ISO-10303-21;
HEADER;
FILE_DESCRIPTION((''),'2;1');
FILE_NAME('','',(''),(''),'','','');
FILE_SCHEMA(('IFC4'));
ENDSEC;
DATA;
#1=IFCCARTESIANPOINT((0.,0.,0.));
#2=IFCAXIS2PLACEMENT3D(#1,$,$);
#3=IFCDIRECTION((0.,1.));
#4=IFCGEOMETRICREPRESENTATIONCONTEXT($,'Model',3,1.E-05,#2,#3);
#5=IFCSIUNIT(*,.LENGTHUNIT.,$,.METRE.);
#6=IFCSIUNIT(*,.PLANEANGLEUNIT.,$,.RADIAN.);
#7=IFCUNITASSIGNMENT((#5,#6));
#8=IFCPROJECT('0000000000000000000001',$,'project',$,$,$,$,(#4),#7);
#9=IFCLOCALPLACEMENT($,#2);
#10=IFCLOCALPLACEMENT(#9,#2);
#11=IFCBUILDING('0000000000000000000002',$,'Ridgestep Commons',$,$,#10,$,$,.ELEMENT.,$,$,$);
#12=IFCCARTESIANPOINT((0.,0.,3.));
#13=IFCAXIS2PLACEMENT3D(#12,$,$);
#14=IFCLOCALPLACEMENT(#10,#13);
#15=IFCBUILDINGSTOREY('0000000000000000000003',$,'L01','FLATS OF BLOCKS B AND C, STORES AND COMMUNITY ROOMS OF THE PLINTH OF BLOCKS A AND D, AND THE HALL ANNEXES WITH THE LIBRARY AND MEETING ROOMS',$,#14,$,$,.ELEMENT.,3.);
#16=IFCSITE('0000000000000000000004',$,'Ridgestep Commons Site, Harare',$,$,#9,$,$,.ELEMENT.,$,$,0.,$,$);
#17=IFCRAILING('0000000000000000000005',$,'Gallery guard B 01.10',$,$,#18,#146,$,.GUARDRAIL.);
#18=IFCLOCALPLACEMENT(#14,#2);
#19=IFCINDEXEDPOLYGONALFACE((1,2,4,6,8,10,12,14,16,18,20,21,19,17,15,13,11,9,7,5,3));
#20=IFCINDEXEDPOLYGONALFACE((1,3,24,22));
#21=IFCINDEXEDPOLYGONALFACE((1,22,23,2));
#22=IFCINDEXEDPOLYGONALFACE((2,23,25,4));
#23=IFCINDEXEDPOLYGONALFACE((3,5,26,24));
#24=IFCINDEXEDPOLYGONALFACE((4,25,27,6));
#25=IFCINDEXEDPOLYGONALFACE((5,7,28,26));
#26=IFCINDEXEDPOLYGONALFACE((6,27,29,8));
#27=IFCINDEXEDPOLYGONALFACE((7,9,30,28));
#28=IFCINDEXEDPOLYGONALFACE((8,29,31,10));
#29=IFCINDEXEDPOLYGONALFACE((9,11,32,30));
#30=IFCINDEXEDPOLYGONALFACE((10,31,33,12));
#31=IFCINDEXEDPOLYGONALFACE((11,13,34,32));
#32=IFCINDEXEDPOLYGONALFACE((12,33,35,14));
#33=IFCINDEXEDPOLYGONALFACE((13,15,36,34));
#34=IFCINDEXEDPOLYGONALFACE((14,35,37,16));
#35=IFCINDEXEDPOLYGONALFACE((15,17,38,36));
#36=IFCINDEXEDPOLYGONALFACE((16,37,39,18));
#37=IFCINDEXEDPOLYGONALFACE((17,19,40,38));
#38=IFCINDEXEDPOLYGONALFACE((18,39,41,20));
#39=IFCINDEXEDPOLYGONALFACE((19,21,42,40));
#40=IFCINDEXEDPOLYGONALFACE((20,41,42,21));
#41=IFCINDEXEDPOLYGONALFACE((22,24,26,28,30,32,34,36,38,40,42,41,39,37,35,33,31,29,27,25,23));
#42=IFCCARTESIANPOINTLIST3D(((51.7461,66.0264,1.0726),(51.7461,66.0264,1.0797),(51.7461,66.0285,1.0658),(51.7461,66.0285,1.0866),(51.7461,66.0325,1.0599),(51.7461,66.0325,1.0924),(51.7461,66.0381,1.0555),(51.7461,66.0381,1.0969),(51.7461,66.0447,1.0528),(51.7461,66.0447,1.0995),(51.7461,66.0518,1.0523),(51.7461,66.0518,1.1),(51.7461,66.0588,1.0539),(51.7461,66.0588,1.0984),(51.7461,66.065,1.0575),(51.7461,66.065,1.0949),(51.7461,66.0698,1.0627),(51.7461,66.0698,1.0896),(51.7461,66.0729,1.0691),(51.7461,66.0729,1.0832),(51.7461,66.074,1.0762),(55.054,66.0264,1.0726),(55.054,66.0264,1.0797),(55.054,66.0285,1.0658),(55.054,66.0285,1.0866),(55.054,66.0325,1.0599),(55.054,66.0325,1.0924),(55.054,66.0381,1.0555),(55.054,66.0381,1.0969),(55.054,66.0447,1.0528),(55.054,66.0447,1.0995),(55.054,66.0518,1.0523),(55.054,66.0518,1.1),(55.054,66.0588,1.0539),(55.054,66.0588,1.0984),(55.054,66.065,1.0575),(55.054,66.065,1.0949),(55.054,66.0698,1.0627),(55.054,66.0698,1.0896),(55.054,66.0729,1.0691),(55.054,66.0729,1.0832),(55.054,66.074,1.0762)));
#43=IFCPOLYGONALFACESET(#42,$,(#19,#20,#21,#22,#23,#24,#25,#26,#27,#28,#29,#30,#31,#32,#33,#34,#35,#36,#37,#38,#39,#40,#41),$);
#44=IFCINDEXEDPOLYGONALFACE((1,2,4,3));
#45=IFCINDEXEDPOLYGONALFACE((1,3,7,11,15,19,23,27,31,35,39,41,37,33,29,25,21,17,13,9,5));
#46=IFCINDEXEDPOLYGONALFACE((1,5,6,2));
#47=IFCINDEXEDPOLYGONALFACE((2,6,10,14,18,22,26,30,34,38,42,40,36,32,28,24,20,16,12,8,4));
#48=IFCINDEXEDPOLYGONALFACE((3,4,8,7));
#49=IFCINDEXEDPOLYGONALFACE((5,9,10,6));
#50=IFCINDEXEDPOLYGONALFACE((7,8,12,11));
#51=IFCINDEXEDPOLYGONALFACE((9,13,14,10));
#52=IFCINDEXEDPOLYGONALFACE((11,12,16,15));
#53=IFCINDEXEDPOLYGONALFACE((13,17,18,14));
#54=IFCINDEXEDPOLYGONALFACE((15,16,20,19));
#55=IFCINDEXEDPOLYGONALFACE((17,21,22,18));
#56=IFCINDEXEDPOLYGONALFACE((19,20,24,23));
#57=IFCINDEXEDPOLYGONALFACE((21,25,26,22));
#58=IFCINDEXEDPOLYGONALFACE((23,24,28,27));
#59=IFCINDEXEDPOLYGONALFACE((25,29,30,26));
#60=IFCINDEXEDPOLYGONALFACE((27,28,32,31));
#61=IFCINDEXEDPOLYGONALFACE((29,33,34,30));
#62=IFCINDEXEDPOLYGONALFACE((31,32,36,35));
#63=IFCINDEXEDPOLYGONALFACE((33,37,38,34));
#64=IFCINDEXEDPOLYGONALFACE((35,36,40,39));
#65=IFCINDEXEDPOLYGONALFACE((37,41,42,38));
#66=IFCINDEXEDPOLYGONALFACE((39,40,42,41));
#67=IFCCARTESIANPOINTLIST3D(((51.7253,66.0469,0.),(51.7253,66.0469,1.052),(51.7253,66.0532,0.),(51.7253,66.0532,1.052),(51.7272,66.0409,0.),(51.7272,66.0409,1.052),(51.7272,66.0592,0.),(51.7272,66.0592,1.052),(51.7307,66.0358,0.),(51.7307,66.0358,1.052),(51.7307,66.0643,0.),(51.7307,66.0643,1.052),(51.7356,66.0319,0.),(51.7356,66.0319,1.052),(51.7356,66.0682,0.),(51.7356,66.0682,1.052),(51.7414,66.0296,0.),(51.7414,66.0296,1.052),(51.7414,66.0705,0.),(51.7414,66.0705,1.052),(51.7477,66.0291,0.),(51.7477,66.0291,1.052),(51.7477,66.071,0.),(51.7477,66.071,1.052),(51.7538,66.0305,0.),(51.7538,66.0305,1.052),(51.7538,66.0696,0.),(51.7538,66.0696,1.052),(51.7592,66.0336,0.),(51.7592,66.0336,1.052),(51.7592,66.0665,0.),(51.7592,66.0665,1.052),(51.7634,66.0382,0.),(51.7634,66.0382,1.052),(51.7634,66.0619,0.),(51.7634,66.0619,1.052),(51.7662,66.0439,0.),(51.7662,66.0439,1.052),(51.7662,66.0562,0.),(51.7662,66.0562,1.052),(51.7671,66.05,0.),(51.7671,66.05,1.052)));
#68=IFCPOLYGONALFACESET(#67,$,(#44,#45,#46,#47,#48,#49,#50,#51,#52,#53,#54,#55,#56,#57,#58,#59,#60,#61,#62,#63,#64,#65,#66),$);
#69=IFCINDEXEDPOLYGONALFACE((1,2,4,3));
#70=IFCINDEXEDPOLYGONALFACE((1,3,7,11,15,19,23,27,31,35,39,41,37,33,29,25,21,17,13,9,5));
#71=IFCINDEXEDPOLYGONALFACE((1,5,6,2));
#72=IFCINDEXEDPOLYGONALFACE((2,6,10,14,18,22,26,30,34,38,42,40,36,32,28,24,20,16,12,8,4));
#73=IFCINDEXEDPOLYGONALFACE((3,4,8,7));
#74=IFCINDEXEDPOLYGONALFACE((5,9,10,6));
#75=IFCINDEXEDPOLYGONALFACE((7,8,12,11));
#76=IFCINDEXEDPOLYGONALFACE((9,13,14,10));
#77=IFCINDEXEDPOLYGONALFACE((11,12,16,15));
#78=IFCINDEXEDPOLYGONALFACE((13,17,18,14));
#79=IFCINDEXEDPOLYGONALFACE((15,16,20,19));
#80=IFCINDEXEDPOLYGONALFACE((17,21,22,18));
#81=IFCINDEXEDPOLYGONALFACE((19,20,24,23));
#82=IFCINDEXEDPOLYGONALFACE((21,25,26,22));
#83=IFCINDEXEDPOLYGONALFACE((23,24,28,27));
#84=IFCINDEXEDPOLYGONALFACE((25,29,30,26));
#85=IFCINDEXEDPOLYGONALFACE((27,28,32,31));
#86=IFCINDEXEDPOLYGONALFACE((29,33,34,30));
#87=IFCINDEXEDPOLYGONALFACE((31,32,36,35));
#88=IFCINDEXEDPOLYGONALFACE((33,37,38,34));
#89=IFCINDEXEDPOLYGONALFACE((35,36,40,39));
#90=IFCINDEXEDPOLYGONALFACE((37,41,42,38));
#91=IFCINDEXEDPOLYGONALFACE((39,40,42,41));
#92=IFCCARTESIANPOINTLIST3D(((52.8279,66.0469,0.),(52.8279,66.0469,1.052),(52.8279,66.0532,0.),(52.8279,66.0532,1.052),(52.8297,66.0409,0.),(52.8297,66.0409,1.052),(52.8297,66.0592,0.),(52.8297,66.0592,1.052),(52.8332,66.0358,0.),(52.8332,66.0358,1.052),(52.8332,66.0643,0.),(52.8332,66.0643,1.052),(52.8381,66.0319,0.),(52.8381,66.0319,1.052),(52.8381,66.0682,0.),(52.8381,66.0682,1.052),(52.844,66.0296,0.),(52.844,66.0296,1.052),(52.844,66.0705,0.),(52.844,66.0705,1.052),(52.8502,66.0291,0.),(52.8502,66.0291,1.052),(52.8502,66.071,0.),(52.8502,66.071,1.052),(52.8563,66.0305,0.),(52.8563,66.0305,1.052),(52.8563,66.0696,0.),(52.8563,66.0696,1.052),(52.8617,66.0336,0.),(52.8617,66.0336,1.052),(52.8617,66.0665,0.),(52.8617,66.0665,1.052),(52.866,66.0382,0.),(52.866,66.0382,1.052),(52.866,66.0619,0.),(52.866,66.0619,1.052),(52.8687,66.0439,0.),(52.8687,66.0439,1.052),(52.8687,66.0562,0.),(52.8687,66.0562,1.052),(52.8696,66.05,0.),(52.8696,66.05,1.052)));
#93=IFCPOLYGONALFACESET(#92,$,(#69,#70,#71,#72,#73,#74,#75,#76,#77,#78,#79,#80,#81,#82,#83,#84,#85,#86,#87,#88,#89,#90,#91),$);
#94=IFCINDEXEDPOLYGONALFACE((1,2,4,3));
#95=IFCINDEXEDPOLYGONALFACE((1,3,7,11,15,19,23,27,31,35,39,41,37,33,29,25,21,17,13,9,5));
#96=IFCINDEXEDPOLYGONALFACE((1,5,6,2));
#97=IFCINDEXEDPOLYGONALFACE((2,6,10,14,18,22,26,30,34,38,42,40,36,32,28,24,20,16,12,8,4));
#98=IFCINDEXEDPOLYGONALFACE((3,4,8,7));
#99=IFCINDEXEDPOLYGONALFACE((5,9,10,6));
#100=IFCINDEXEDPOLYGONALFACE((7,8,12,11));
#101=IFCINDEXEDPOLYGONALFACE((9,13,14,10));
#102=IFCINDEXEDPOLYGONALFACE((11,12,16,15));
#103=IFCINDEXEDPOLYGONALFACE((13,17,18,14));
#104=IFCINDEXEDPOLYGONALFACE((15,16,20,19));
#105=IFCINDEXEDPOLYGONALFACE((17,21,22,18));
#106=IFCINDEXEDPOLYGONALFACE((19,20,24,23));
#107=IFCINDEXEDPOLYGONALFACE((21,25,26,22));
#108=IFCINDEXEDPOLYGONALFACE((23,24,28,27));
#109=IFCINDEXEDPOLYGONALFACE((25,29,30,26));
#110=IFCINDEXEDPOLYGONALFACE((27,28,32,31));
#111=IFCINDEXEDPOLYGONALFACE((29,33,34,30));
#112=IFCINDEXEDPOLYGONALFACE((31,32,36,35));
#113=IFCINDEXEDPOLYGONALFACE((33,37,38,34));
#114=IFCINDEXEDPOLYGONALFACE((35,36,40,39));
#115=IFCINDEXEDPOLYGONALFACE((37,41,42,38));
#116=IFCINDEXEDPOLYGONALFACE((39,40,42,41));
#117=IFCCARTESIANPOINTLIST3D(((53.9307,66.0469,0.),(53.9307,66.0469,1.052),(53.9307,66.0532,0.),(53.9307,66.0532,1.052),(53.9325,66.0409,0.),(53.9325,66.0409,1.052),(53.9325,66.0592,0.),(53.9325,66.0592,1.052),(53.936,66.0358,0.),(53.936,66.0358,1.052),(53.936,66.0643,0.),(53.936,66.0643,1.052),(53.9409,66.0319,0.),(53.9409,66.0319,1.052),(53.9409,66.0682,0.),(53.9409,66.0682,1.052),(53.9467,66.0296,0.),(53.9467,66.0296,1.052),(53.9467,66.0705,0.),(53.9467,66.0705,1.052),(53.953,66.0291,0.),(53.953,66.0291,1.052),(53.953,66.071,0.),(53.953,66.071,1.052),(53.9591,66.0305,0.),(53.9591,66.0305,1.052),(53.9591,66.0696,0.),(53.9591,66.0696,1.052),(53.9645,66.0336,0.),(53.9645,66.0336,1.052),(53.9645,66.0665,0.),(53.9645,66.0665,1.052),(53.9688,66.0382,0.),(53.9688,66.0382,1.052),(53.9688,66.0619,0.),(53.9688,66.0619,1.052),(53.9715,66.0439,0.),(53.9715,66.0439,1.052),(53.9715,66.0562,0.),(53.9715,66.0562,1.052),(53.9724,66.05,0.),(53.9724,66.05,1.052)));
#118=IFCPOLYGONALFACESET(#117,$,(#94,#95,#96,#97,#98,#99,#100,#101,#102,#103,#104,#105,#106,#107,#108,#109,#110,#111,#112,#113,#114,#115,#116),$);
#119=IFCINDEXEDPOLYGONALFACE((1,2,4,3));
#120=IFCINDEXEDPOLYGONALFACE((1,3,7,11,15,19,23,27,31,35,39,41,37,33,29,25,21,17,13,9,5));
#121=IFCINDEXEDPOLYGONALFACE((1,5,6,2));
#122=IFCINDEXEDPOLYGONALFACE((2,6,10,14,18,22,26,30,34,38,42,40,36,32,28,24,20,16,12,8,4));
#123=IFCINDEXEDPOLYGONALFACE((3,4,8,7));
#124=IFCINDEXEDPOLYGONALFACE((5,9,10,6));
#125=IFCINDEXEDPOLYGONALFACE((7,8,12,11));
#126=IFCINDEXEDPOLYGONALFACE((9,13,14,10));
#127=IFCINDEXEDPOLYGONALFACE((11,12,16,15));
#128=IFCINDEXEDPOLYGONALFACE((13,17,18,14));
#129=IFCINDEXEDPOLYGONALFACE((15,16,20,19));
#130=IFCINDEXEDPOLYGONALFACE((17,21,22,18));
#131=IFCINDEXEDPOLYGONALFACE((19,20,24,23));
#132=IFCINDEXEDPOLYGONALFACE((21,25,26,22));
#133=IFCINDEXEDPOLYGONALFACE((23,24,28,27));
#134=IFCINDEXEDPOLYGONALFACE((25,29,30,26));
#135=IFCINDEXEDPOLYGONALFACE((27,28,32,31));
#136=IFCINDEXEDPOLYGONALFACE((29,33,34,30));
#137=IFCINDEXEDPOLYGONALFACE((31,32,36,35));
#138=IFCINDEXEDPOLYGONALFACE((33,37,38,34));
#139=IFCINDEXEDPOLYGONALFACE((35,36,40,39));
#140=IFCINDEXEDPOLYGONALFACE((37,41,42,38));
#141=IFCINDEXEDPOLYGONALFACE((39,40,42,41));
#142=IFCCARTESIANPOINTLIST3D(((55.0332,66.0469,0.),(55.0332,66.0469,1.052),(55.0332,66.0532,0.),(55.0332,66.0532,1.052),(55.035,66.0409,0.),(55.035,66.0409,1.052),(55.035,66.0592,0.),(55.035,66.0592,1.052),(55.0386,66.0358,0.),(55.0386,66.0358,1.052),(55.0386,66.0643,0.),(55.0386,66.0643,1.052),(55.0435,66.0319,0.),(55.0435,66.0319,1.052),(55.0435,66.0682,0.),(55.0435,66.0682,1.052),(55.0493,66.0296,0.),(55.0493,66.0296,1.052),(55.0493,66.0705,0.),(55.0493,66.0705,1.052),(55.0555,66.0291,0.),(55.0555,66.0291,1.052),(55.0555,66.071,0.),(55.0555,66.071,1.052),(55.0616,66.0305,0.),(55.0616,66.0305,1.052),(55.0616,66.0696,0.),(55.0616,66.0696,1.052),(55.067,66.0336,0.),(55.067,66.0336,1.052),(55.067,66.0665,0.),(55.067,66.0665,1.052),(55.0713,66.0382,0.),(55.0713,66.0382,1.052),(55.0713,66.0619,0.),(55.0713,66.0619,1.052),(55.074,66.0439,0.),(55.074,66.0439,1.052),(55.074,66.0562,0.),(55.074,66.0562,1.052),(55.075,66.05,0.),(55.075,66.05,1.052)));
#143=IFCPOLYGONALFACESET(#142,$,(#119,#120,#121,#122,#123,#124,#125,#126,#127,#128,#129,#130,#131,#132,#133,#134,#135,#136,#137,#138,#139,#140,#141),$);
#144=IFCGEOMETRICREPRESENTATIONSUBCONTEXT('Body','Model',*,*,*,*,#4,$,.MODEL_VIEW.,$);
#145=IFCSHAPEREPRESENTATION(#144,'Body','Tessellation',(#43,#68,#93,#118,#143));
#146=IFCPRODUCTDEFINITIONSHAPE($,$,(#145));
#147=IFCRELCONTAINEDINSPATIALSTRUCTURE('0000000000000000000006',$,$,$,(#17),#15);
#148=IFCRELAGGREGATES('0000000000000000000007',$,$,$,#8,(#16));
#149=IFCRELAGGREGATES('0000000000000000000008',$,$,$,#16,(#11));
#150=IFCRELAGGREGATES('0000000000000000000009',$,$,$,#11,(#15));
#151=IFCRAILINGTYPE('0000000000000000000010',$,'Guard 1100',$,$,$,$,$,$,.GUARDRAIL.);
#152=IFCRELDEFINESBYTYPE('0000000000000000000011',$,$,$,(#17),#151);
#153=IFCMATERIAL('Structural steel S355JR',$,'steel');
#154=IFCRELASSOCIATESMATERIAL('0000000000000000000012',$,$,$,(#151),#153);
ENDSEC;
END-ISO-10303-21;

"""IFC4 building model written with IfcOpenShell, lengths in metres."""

from ifc_helpers import new_model, si_unit, direction, frame, origin, origin_2d, place, context, subcontext, project, spatial, circle, extrude, material, type_object, element, save


model = new_model("IFC4")

# Units and contexts
model_context = context("Model", 3, precision=1e-05, world=origin(), true_north=direction((0.0, 1.0)))
body_context = subcontext(model_context, "Body", "Model", "MODEL_VIEW")
ifc_project = project(units=[si_unit("LENGTHUNIT", "METRE"), si_unit("PLANEANGLEUNIT", "RADIAN")], contexts=[model_context])

# Site, building, storey
site_placement = place(None, origin())
site = spatial("IfcSite", under=ifc_project, at=site_placement, Name="Ridgestep Commons Site, Harare", CompositionType="ELEMENT", RefElevation=0.0)
building_placement = place(site_placement, origin())
building = spatial("IfcBuilding", under=site, at=building_placement, Name="Ridgestep Commons", CompositionType="ELEMENT")
storey_placement = place(building_placement, frame((0.0, 0.0, 3.0)))
storey = spatial("IfcBuildingStorey", under=building, at=storey_placement, Name="L01", Description="FLATS OF BLOCKS B AND C, STORES AND COMMUNITY ROOMS OF THE PLINTH OF BLOCKS A AND D, AND THE HALL ANNEXES WITH THE LIBRARY AND MEETING ROOMS", CompositionType="ELEMENT", Elevation=3.0)

# Railing
ifc_material_1 = material(Name="Structural steel S355JR", Category="steel")
railing_type = type_object("IfcRailingType", Name="Guard 1100", PredefinedType="GUARDRAIL", material=ifc_material_1)
railing_1_placement = place(storey_placement, frame((51.7461, 66.05, 0.0)))
element("IfcRailing", 1, at=railing_1_placement, inside=storey, type_object=railing_type, Name="Gallery guard B 01.10", PredefinedType="GUARDRAIL", context=body_context, shape_type="SweptSolid", body=[
    extrude(circle(Radius=0.0239, at=origin_2d()), frame((0.0, 0.0, 1.0762), z_axis=(1.0, 0.0, 0.0), x_axis=(0.0, 1.0, 0.0)), (0.0, 0.0, 1.0), 3.3079),
    extrude(circle(Radius=0.021, at=origin_2d()), origin(), (0.0, 0.0, 1.0), 1.052),
    extrude(circle(Radius=0.021, at=origin_2d()), frame((1.1025, 0.0, 0.0)), (0.0, 0.0, 1.0), 1.052),
    extrude(circle(Radius=0.021, at=origin_2d()), frame((2.2053, 0.0, 0.0)), (0.0, 0.0, 1.0), 1.052),
    extrude(circle(Radius=0.021, at=origin_2d()), frame((3.3079, 0.0, 0.0)), (0.0, 0.0, 1.0), 1.052),
])

save(model, "model.ifc")
